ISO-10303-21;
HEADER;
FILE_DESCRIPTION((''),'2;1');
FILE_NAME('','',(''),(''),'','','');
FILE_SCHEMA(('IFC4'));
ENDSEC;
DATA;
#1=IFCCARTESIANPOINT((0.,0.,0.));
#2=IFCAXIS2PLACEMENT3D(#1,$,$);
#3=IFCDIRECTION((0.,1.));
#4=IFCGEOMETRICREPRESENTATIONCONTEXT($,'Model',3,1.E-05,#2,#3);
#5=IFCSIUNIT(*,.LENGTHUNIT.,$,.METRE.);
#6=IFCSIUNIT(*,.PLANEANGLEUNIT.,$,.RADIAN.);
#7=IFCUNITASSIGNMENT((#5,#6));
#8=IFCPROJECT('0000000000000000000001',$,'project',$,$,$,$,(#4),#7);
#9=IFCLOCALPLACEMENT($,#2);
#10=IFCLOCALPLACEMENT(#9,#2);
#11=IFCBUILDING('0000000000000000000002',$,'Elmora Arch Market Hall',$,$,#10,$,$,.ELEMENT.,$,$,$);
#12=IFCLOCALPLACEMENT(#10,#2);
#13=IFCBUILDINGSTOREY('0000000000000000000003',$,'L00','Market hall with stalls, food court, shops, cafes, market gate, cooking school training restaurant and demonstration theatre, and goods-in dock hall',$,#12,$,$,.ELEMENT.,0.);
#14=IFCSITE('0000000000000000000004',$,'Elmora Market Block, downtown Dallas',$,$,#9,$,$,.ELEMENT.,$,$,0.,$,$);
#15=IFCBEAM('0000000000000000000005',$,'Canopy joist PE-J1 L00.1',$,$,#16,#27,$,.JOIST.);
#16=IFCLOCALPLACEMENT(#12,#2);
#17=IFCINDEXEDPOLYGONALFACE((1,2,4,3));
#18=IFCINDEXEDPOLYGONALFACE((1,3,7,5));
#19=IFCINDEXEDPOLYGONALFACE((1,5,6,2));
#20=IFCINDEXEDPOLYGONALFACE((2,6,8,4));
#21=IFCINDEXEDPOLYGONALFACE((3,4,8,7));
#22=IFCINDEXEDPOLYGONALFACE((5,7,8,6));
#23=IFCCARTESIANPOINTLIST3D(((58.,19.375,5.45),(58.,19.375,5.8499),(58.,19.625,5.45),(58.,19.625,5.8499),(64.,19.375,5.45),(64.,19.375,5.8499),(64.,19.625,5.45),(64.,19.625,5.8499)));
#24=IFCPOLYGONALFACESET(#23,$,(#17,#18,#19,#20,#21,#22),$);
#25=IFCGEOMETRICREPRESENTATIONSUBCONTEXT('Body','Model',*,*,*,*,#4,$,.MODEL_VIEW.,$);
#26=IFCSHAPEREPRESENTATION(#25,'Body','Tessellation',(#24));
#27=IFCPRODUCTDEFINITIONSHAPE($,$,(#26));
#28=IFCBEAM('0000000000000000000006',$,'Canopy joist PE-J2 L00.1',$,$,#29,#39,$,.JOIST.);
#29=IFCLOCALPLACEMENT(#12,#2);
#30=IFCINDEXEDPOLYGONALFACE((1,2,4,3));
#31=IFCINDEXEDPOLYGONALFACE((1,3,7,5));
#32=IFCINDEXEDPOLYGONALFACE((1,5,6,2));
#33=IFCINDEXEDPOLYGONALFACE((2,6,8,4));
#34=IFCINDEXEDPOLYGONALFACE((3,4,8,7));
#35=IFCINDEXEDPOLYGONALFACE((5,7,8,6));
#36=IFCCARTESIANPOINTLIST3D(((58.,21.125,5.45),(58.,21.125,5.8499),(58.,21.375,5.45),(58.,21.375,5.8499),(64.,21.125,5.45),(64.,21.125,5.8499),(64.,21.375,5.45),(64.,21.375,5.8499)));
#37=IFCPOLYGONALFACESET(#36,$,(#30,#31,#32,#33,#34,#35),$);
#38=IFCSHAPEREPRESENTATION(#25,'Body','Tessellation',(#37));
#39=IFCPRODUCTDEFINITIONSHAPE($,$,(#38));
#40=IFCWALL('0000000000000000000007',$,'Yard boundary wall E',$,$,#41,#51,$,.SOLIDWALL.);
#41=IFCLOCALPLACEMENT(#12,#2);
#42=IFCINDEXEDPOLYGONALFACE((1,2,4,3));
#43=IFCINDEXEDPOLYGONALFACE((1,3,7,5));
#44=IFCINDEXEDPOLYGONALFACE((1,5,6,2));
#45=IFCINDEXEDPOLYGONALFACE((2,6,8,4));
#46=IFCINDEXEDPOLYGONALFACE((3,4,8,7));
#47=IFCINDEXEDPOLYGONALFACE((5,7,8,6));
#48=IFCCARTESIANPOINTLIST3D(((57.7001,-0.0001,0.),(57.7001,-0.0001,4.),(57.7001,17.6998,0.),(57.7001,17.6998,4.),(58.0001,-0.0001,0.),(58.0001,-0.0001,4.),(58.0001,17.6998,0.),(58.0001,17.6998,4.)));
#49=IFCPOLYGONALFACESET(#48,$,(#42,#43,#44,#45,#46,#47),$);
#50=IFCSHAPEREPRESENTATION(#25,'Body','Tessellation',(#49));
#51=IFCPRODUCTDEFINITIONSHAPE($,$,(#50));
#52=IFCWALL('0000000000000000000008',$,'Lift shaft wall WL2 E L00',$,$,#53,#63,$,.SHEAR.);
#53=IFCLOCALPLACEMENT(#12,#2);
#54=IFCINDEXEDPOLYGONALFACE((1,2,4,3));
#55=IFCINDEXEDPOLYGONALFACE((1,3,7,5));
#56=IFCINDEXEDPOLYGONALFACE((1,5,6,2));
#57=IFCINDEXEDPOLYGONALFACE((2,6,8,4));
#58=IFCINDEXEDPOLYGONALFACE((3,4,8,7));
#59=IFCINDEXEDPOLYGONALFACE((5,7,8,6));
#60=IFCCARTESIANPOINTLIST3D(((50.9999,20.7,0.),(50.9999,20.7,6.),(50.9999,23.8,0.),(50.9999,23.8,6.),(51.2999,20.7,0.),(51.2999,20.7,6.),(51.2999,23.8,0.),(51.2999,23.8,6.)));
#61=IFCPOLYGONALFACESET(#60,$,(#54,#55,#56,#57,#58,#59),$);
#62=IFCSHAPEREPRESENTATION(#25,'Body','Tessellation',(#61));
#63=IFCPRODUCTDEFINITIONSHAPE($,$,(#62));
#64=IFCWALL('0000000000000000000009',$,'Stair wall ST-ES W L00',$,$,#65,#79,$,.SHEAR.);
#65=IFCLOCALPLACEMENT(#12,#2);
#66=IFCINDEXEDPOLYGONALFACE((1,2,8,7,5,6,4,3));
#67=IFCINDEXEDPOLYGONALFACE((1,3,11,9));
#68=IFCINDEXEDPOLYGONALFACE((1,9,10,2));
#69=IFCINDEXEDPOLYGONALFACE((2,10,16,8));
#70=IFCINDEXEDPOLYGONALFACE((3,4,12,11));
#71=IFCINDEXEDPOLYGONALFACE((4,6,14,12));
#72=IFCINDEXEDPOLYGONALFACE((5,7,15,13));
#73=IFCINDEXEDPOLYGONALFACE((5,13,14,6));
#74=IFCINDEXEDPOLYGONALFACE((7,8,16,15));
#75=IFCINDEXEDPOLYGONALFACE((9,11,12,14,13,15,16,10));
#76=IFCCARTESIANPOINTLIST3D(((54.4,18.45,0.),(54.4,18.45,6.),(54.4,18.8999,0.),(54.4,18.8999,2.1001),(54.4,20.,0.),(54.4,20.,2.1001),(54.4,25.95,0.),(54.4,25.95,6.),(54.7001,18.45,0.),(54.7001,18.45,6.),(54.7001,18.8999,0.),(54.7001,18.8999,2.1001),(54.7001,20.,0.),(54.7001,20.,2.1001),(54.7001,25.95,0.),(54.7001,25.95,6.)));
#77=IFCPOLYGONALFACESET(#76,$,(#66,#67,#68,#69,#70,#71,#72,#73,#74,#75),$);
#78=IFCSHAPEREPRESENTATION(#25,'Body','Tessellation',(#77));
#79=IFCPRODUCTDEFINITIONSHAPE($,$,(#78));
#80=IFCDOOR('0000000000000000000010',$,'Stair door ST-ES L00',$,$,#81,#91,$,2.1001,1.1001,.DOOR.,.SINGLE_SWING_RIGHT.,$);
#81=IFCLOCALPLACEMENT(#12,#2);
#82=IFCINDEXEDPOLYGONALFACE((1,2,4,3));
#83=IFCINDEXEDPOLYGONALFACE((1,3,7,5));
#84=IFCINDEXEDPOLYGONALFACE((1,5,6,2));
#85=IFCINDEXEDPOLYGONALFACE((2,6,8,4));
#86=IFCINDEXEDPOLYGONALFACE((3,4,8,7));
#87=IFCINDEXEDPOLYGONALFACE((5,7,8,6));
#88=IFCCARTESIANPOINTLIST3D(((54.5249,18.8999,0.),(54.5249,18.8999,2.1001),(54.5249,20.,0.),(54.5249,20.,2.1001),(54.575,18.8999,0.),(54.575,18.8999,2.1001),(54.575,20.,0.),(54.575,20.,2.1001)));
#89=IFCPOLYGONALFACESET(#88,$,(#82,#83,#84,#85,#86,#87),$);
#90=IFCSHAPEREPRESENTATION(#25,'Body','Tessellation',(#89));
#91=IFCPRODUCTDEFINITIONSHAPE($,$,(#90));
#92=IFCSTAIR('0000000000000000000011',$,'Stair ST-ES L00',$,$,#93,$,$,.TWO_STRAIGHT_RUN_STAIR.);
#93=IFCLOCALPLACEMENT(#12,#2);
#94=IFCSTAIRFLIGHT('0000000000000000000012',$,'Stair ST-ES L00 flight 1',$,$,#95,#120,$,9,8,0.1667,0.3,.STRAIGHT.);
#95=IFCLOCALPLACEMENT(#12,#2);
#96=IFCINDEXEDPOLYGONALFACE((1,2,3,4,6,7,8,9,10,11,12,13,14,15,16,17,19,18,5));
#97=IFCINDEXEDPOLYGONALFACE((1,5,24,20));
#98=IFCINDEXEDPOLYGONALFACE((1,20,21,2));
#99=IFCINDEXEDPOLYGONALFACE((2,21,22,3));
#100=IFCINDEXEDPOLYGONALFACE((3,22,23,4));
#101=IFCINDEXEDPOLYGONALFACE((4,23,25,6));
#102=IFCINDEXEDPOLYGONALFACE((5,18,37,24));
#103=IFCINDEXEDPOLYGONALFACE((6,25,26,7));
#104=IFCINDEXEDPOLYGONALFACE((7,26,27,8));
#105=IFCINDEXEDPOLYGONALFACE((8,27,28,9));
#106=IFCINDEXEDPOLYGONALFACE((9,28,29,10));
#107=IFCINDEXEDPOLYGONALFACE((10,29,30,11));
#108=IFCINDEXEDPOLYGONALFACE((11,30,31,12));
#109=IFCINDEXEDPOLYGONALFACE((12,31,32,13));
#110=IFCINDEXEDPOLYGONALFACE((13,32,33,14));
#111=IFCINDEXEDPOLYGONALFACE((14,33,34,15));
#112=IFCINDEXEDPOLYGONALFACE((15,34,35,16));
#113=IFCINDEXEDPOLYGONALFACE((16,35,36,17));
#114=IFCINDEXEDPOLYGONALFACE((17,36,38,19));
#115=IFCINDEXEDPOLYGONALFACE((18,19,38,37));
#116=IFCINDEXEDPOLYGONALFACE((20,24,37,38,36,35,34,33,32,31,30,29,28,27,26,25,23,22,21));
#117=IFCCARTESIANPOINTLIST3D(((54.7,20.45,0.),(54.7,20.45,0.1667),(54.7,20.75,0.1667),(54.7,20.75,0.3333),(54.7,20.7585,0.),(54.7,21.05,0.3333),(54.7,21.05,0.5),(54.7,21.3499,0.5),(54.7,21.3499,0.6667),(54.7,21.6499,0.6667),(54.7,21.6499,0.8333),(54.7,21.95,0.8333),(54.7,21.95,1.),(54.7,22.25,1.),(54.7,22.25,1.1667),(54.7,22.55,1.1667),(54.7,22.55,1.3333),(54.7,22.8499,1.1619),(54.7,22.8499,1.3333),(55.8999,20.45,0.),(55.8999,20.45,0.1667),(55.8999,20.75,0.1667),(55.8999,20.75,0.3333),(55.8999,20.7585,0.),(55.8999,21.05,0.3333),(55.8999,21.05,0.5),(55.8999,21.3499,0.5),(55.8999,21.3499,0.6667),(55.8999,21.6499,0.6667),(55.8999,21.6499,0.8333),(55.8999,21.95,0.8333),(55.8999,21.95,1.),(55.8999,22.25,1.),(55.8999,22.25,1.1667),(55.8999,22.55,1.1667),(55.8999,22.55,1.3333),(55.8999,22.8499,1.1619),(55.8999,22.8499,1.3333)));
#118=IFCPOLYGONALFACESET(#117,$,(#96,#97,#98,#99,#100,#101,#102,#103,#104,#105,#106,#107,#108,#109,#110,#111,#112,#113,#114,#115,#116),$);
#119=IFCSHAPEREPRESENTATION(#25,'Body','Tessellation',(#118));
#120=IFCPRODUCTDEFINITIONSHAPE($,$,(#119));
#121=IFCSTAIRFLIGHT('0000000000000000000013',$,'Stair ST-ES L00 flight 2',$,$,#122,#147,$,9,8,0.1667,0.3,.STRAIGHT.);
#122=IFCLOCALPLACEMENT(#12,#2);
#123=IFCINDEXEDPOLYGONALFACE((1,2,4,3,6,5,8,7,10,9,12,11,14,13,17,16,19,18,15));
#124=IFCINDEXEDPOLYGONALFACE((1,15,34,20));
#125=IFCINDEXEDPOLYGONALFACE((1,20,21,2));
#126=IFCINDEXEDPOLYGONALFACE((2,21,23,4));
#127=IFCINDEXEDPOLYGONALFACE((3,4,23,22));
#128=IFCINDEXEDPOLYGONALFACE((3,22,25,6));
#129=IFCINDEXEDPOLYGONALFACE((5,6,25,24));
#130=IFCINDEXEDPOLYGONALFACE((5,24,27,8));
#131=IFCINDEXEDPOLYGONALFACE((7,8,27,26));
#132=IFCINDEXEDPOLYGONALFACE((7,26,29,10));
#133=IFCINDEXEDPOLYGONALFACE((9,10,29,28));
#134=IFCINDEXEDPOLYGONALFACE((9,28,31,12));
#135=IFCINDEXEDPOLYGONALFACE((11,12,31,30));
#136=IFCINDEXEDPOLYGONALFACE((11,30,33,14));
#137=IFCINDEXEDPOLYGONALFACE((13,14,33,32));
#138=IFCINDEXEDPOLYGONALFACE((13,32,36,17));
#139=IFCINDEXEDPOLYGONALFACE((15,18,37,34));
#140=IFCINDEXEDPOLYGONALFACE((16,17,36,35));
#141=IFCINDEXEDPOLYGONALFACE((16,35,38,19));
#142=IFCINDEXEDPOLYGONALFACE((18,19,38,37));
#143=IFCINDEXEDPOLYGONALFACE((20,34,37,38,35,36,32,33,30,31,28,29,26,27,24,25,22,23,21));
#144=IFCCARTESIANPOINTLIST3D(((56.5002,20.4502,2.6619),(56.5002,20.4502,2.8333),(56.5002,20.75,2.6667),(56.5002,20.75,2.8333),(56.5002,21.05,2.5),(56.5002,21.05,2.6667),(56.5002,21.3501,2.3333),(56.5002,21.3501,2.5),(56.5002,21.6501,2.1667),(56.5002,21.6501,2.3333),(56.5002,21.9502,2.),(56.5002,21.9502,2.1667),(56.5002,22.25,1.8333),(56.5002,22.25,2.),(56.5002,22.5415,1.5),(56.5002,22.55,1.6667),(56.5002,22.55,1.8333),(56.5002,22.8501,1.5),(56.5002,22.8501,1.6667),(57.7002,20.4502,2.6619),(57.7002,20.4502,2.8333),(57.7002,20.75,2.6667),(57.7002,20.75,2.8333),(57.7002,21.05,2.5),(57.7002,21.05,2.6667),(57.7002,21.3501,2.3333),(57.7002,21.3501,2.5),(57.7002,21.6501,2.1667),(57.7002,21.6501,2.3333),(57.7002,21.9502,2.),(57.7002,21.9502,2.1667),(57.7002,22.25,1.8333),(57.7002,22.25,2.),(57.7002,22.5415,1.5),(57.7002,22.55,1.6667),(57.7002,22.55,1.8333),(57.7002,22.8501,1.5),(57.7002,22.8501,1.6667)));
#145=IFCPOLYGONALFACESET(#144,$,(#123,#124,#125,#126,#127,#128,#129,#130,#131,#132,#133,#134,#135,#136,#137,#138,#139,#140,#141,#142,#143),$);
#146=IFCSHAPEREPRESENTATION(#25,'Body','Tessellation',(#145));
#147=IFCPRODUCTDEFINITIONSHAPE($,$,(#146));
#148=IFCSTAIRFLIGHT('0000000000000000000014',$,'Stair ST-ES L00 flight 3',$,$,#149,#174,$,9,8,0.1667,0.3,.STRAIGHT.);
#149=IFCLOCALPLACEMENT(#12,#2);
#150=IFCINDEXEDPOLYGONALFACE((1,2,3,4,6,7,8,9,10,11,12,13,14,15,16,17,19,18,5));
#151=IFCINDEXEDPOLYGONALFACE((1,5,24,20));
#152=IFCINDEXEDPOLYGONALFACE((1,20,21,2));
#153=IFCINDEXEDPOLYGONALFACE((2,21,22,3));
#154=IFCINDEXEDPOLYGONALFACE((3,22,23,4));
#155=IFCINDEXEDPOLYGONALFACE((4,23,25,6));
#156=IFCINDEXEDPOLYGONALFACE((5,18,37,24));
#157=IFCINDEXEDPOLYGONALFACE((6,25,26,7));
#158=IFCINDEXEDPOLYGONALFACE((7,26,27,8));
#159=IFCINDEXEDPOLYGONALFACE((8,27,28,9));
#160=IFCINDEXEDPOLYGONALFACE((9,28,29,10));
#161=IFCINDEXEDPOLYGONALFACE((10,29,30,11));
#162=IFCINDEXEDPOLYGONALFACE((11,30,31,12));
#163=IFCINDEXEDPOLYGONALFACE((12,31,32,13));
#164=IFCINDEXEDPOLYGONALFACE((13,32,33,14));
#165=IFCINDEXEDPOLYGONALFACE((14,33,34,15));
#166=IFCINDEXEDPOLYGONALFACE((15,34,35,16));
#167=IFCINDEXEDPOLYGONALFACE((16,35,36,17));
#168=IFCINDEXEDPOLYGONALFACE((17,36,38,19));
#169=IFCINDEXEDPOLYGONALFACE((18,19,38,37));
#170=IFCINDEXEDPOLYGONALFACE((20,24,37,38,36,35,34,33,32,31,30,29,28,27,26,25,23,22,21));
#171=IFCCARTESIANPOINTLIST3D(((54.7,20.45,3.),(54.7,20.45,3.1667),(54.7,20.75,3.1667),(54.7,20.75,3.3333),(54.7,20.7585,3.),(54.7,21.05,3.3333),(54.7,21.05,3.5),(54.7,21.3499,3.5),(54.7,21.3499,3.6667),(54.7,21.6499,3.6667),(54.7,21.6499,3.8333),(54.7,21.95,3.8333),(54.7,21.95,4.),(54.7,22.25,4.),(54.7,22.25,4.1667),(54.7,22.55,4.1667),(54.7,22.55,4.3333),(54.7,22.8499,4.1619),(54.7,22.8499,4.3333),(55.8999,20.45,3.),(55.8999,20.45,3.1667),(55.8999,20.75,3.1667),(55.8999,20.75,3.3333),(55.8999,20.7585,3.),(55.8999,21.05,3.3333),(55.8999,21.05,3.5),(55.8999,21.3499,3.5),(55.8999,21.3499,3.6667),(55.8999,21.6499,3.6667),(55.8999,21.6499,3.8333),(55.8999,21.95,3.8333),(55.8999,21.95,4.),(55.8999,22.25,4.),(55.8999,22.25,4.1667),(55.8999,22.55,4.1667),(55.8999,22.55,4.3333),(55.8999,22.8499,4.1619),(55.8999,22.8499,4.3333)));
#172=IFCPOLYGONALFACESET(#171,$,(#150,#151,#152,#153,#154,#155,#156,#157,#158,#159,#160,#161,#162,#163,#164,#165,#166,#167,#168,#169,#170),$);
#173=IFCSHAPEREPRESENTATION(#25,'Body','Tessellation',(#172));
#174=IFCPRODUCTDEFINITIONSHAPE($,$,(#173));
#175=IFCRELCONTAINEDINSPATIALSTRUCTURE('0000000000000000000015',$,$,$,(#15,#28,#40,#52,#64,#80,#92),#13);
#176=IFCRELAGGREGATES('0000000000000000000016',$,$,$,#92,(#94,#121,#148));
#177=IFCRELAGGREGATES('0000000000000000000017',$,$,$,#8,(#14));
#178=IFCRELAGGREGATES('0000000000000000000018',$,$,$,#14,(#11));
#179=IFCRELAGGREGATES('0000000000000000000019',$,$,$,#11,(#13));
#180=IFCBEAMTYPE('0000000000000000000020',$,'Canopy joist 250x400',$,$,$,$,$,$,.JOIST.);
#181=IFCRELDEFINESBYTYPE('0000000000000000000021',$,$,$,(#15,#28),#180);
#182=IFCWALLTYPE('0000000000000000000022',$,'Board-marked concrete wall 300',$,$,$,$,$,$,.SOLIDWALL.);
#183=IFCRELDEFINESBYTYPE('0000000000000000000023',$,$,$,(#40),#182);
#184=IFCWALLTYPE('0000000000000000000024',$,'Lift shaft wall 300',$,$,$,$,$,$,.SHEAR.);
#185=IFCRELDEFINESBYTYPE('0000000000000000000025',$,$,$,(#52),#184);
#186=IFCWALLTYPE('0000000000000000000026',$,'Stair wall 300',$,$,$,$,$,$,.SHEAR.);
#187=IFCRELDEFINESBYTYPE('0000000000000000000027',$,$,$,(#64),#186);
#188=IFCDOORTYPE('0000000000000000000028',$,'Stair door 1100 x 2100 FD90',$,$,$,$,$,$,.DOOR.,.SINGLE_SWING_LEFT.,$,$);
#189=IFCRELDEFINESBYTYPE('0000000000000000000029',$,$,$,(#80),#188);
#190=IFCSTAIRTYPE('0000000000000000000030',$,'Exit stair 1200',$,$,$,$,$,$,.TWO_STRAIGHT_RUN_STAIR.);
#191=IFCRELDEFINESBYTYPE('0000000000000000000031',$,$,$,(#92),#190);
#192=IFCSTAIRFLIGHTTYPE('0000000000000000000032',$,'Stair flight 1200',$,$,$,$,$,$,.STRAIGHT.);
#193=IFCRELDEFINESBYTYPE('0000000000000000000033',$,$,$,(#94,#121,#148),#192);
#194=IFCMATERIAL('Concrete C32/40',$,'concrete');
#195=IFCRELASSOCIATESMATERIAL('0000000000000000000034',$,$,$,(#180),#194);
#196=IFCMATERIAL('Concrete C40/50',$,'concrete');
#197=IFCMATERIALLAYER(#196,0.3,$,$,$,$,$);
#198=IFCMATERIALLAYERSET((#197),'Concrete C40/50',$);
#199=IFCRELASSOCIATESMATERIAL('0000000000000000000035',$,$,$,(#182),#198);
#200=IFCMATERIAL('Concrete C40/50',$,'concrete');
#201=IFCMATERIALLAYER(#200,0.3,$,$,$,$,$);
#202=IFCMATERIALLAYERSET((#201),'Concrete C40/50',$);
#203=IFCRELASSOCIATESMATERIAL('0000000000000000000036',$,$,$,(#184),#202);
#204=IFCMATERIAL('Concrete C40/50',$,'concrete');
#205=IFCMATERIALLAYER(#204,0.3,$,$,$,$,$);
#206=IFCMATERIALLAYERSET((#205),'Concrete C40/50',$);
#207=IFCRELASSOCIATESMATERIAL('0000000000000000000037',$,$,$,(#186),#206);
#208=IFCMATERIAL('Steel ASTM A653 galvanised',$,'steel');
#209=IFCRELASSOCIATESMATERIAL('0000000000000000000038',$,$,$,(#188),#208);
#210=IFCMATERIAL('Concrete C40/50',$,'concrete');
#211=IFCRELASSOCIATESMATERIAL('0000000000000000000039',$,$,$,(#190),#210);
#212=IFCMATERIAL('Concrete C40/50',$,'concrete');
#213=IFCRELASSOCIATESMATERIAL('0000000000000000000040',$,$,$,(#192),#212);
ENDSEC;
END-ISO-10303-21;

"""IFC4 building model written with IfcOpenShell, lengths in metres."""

from ifc_helpers import new_model, si_unit, direction, frame, frame_2d, origin, origin_2d, place, context, subcontext, project, spatial, polyline, rectangle, outline, extrude, material, layer, layer_set, material_profile, profile_set, type_object, element, fill, aggregate, save


model = new_model("IFC4")

# Units and contexts
model_context = context("Model", 3, precision=1e-05, world=origin(), true_north=direction((0.0, 1.0)))
body_context = subcontext(model_context, "Body", "Model", "MODEL_VIEW")
ifc_project = project(units=[si_unit("LENGTHUNIT", "METRE"), si_unit("PLANEANGLEUNIT", "RADIAN")], contexts=[model_context])

# Site, building, storey
site_placement = place(None, origin())
site = spatial("IfcSite", under=ifc_project, at=site_placement, Name="Elmora Market Block, downtown Dallas", CompositionType="ELEMENT", RefElevation=0.0)
building_placement = place(site_placement, origin())
building = spatial("IfcBuilding", under=site, at=building_placement, Name="Elmora Arch Market Hall", CompositionType="ELEMENT")
storey_placement = place(building_placement, origin())
storey = spatial("IfcBuildingStorey", under=building, at=storey_placement, Name="L00", Description="Market hall with stalls, food court, shops, cafes, market gate, cooking school training restaurant and demonstration theatre, and goods-in dock hall", CompositionType="ELEMENT", Elevation=0.0)

# Beams
ifc_material_1 = material(Name="Concrete C32/40", Category="concrete")
ifc_material_profile = material_profile(ifc_material_1, rectangle(XDim=0.25, YDim=0.3999, at=origin_2d()), Name="Canopy joist 250x400")
ifc_profile_set = profile_set([ifc_material_profile], Name="Concrete C32/40")
beam_type = type_object("IfcBeamType", Name="Canopy joist 250x400", PredefinedType="JOIST", material=ifc_profile_set)
for number, where, z_axis, x_axis, name in (
    (1, (58.0, 19.5, 5.6499), (1.0, 0.0, 0.0), (0.0, 1.0, 0.0), "Canopy joist PE-J1 L00.1"),
    (2, (58.0, 21.25, 5.6499), (1.0, 0.0, 0.0), (0.0, 1.0, 0.0), "Canopy joist PE-J2 L00.1"),
):
    element("IfcBeam", number, at=place(storey_placement, frame(where, z_axis=z_axis, x_axis=x_axis)), inside=storey, type_object=beam_type, Name=name, PredefinedType="JOIST", context=body_context, shape_type="SweptSolid", body=[
        extrude(rectangle(XDim=0.25, YDim=0.3999, at=origin_2d()), origin(), (0.0, 0.0, 1.0), 6.0),
    ])

# Wall
ifc_material_2 = material(Name="Concrete C40/50", Category="concrete")
ifc_layer_1 = layer(ifc_material_2, 0.3)
ifc_layer_set_1 = layer_set([ifc_layer_1], Name="Concrete C40/50")
wall_type_1 = type_object("IfcWallType", Name="Board-marked concrete wall 300", PredefinedType="SOLIDWALL", material=ifc_layer_set_1)
wall_1_placement = place(storey_placement, frame((57.8501, 17.7, 0.0), z_axis=(0.0, 0.0, 1.0), x_axis=(0.0, -1.0, 0.0)))
element("IfcWall", 3, at=wall_1_placement, inside=storey, type_object=wall_type_1, Name="Yard boundary wall E", PredefinedType="SOLIDWALL", context=body_context, shape_type="SweptSolid", body=[
    extrude(rectangle(XDim=17.7, YDim=0.3, at=frame_2d((8.8501, 0.0))), origin(), (0.0, 0.0, 1.0), 4.0),
])

# Wall
ifc_material_3 = material(Name="Concrete C40/50", Category="concrete")
ifc_layer_2 = layer(ifc_material_3, 0.3)
ifc_layer_set_2 = layer_set([ifc_layer_2], Name="Concrete C40/50")
wall_type_2 = type_object("IfcWallType", Name="Lift shaft wall 300", PredefinedType="SHEAR", material=ifc_layer_set_2)
wall_2_placement = place(storey_placement, frame((51.1499, 20.7, 0.0), z_axis=(0.0, 0.0, 1.0), x_axis=(0.0, 1.0, 0.0)))
element("IfcWall", 4, at=wall_2_placement, inside=storey, type_object=wall_type_2, Name="Lift shaft wall WL2 E L00", PredefinedType="SHEAR", context=body_context, shape_type="SweptSolid", body=[
    extrude(rectangle(XDim=3.1001, YDim=0.3, at=frame_2d((1.55, 0.0))), origin(), (0.0, 0.0, 1.0), 6.0),
])

# Wall, opening, door
ifc_material_4 = material(Name="Concrete C40/50", Category="concrete")
ifc_layer_3 = layer(ifc_material_4, 0.3)
ifc_layer_set_3 = layer_set([ifc_layer_3], Name="Concrete C40/50")
wall_type_3 = type_object("IfcWallType", Name="Stair wall 300", PredefinedType="SHEAR", material=ifc_layer_set_3)
wall_3_placement = place(storey_placement, frame((54.55, 18.45, 0.0), z_axis=(0.0, 0.0, 1.0), x_axis=(0.0, 1.0, 0.0)))
wall_3 = element("IfcWall", 5, at=wall_3_placement, inside=storey, type_object=wall_type_3, Name="Stair wall ST-ES W L00", PredefinedType="SHEAR", context=body_context, shape_type="SweptSolid", body=[
    extrude(rectangle(XDim=7.5, YDim=0.3, at=frame_2d((3.75, 0.0))), origin(), (0.0, 0.0, 1.0), 6.0),
])
opening_1_placement = place(wall_3_placement, frame((0.45, 0.0, 0.0)))
opening_1 = element("IfcOpeningElement", 6, at=opening_1_placement, cuts=wall_3, PredefinedType="OPENING", context=body_context, shape_type="SweptSolid", body=[
    extrude(rectangle(XDim=1.1001, YDim=2.1001, at=frame_2d((0.55, 1.05))), frame((0.0, 0.1599, 0.0), z_axis=(0.0, -1.0, 0.0), x_axis=(1.0, 0.0, 0.0)), (0.0, 0.0, 1.0), 0.3201),
])
ifc_material_5 = material(Name="Steel ASTM A653 galvanised", Category="steel")
door_type_1 = type_object("IfcDoorType", Name="Stair door 1100 x 2100 FD90", OperationType="SINGLE_SWING_LEFT", PredefinedType="DOOR", material=ifc_material_5)
door_1_placement = place(opening_1_placement, frame((1.1001, 0.0, 0.0), z_axis=(0.0, 0.0, 1.0), x_axis=(-1.0, 0.0, 0.0)))
door_1 = element("IfcDoor", 7, at=door_1_placement, inside=storey, type_object=door_type_1, Name="Stair door ST-ES L00", OperationType="SINGLE_SWING_RIGHT", OverallHeight=2.1001, OverallWidth=1.1001, PredefinedType="DOOR", context=body_context, shape_type="SweptSolid", body=[
    extrude(rectangle(XDim=1.1001, YDim=2.1001, at=frame_2d((0.55, 1.05))), frame((0.0, 0.0249, 0.0), z_axis=(0.0, -1.0, 0.0), x_axis=(1.0, 0.0, 0.0)), (0.0, 0.0, 1.0), 0.05),
])
fill(opening_1, door_1)

# Stair, stair flights
ifc_material_6 = material(Name="Concrete C40/50", Category="concrete")
stair_type = type_object("IfcStairType", Name="Exit stair 1200", PredefinedType="TWO_STRAIGHT_RUN_STAIR", material=ifc_material_6)
stair_placement = place(storey_placement, origin())
stair = element("IfcStair", 8, at=stair_placement, inside=storey, type_object=stair_type, Name="Stair ST-ES L00", PredefinedType="TWO_STRAIGHT_RUN_STAIR")
ifc_material_7 = material(Name="Concrete C40/50", Category="concrete")
stair_flight_type = type_object("IfcStairFlightType", Name="Stair flight 1200", PredefinedType="STRAIGHT", material=ifc_material_7)
stair_flight_1_placement = place(storey_placement, frame((55.3, 20.45, 0.0), z_axis=(0.0, 0.0, 1.0), x_axis=(0.0, 1.0, 0.0)))
stair_flight_1 = element("IfcStairFlight", 9, at=stair_flight_1_placement, type_object=stair_flight_type, Name="Stair ST-ES L00 flight 1", NumberOfRisers=9, NumberOfTreads=8, PredefinedType="STRAIGHT", RiserHeight=0.1667, TreadLength=0.3, context=body_context, shape_type="SweptSolid", body=[
    extrude(outline(polyline([(0.0, 0.0), (0.0, 0.1667), (0.3, 0.1667), (0.3, 0.3333), (0.6001, 0.3333), (0.6001, 0.5), (0.8999, 0.5), (0.8999, 0.6667), (1.2, 0.6667), (1.2, 0.8333), (1.5, 0.8333), (1.5, 1.0), (1.8, 1.0), (1.8, 1.1667), (2.1001, 1.1667), (2.1001, 1.3333), (2.3999, 1.3333), (2.3999, 1.5), (2.3999, 1.1619), (0.3086, 0.0), (0.0, 0.0)])), frame((0.0, 0.6001, 0.0), z_axis=(0.0, -1.0, 0.0), x_axis=(1.0, 0.0, 0.0)), (0.0, 0.0, 1.0), 1.2),
])
stair_flight_2_placement = place(storey_placement, frame((57.1001, 22.8501, 1.5), z_axis=(0.0, 0.0, 1.0), x_axis=(0.0, -1.0, 0.0)))
stair_flight_2 = element("IfcStairFlight", 10, at=stair_flight_2_placement, type_object=stair_flight_type, Name="Stair ST-ES L00 flight 2", NumberOfRisers=9, NumberOfTreads=8, PredefinedType="STRAIGHT", RiserHeight=0.1667, TreadLength=0.3, context=body_context, shape_type="SweptSolid", body=[
    extrude(outline(polyline([(0.0, 0.0), (0.0, 0.1667), (0.3, 0.1667), (0.3, 0.3333), (0.6001, 0.3333), (0.6001, 0.5), (0.8999, 0.5), (0.8999, 0.6667), (1.2, 0.6667), (1.2, 0.8333), (1.5, 0.8333), (1.5, 1.0), (1.8, 1.0), (1.8, 1.1667), (2.1001, 1.1667), (2.1001, 1.3333), (2.3999, 1.3333), (2.3999, 1.5), (2.3999, 1.1619), (0.3086, 0.0), (0.0, 0.0)])), frame((0.0, 0.6001, 0.0), z_axis=(0.0, -1.0, 0.0), x_axis=(1.0, 0.0, 0.0)), (0.0, 0.0, 1.0), 1.2),
])
stair_flight_3_placement = place(storey_placement, frame((55.3, 20.45, 3.0), z_axis=(0.0, 0.0, 1.0), x_axis=(0.0, 1.0, 0.0)))
stair_flight_3 = element("IfcStairFlight", 11, at=stair_flight_3_placement, type_object=stair_flight_type, Name="Stair ST-ES L00 flight 3", NumberOfRisers=9, NumberOfTreads=8, PredefinedType="STRAIGHT", RiserHeight=0.1667, TreadLength=0.3, context=body_context, shape_type="SweptSolid", body=[
    extrude(outline(polyline([(0.0, 0.0), (0.0, 0.1667), (0.3, 0.1667), (0.3, 0.3333), (0.6001, 0.3333), (0.6001, 0.5), (0.8999, 0.5), (0.8999, 0.6667), (1.2, 0.6667), (1.2, 0.8333), (1.5, 0.8333), (1.5, 1.0), (1.8, 1.0), (1.8, 1.1667), (2.1001, 1.1667), (2.1001, 1.3333), (2.3999, 1.3333), (2.3999, 1.5), (2.3999, 1.1619), (0.3086, 0.0), (0.0, 0.0)])), frame((0.0, 0.6001, 0.0), z_axis=(0.0, -1.0, 0.0), x_axis=(1.0, 0.0, 0.0)), (0.0, 0.0, 1.0), 1.2),
])
aggregate(stair, [stair_flight_1, stair_flight_2, stair_flight_3])

save(model, "model.ifc")
